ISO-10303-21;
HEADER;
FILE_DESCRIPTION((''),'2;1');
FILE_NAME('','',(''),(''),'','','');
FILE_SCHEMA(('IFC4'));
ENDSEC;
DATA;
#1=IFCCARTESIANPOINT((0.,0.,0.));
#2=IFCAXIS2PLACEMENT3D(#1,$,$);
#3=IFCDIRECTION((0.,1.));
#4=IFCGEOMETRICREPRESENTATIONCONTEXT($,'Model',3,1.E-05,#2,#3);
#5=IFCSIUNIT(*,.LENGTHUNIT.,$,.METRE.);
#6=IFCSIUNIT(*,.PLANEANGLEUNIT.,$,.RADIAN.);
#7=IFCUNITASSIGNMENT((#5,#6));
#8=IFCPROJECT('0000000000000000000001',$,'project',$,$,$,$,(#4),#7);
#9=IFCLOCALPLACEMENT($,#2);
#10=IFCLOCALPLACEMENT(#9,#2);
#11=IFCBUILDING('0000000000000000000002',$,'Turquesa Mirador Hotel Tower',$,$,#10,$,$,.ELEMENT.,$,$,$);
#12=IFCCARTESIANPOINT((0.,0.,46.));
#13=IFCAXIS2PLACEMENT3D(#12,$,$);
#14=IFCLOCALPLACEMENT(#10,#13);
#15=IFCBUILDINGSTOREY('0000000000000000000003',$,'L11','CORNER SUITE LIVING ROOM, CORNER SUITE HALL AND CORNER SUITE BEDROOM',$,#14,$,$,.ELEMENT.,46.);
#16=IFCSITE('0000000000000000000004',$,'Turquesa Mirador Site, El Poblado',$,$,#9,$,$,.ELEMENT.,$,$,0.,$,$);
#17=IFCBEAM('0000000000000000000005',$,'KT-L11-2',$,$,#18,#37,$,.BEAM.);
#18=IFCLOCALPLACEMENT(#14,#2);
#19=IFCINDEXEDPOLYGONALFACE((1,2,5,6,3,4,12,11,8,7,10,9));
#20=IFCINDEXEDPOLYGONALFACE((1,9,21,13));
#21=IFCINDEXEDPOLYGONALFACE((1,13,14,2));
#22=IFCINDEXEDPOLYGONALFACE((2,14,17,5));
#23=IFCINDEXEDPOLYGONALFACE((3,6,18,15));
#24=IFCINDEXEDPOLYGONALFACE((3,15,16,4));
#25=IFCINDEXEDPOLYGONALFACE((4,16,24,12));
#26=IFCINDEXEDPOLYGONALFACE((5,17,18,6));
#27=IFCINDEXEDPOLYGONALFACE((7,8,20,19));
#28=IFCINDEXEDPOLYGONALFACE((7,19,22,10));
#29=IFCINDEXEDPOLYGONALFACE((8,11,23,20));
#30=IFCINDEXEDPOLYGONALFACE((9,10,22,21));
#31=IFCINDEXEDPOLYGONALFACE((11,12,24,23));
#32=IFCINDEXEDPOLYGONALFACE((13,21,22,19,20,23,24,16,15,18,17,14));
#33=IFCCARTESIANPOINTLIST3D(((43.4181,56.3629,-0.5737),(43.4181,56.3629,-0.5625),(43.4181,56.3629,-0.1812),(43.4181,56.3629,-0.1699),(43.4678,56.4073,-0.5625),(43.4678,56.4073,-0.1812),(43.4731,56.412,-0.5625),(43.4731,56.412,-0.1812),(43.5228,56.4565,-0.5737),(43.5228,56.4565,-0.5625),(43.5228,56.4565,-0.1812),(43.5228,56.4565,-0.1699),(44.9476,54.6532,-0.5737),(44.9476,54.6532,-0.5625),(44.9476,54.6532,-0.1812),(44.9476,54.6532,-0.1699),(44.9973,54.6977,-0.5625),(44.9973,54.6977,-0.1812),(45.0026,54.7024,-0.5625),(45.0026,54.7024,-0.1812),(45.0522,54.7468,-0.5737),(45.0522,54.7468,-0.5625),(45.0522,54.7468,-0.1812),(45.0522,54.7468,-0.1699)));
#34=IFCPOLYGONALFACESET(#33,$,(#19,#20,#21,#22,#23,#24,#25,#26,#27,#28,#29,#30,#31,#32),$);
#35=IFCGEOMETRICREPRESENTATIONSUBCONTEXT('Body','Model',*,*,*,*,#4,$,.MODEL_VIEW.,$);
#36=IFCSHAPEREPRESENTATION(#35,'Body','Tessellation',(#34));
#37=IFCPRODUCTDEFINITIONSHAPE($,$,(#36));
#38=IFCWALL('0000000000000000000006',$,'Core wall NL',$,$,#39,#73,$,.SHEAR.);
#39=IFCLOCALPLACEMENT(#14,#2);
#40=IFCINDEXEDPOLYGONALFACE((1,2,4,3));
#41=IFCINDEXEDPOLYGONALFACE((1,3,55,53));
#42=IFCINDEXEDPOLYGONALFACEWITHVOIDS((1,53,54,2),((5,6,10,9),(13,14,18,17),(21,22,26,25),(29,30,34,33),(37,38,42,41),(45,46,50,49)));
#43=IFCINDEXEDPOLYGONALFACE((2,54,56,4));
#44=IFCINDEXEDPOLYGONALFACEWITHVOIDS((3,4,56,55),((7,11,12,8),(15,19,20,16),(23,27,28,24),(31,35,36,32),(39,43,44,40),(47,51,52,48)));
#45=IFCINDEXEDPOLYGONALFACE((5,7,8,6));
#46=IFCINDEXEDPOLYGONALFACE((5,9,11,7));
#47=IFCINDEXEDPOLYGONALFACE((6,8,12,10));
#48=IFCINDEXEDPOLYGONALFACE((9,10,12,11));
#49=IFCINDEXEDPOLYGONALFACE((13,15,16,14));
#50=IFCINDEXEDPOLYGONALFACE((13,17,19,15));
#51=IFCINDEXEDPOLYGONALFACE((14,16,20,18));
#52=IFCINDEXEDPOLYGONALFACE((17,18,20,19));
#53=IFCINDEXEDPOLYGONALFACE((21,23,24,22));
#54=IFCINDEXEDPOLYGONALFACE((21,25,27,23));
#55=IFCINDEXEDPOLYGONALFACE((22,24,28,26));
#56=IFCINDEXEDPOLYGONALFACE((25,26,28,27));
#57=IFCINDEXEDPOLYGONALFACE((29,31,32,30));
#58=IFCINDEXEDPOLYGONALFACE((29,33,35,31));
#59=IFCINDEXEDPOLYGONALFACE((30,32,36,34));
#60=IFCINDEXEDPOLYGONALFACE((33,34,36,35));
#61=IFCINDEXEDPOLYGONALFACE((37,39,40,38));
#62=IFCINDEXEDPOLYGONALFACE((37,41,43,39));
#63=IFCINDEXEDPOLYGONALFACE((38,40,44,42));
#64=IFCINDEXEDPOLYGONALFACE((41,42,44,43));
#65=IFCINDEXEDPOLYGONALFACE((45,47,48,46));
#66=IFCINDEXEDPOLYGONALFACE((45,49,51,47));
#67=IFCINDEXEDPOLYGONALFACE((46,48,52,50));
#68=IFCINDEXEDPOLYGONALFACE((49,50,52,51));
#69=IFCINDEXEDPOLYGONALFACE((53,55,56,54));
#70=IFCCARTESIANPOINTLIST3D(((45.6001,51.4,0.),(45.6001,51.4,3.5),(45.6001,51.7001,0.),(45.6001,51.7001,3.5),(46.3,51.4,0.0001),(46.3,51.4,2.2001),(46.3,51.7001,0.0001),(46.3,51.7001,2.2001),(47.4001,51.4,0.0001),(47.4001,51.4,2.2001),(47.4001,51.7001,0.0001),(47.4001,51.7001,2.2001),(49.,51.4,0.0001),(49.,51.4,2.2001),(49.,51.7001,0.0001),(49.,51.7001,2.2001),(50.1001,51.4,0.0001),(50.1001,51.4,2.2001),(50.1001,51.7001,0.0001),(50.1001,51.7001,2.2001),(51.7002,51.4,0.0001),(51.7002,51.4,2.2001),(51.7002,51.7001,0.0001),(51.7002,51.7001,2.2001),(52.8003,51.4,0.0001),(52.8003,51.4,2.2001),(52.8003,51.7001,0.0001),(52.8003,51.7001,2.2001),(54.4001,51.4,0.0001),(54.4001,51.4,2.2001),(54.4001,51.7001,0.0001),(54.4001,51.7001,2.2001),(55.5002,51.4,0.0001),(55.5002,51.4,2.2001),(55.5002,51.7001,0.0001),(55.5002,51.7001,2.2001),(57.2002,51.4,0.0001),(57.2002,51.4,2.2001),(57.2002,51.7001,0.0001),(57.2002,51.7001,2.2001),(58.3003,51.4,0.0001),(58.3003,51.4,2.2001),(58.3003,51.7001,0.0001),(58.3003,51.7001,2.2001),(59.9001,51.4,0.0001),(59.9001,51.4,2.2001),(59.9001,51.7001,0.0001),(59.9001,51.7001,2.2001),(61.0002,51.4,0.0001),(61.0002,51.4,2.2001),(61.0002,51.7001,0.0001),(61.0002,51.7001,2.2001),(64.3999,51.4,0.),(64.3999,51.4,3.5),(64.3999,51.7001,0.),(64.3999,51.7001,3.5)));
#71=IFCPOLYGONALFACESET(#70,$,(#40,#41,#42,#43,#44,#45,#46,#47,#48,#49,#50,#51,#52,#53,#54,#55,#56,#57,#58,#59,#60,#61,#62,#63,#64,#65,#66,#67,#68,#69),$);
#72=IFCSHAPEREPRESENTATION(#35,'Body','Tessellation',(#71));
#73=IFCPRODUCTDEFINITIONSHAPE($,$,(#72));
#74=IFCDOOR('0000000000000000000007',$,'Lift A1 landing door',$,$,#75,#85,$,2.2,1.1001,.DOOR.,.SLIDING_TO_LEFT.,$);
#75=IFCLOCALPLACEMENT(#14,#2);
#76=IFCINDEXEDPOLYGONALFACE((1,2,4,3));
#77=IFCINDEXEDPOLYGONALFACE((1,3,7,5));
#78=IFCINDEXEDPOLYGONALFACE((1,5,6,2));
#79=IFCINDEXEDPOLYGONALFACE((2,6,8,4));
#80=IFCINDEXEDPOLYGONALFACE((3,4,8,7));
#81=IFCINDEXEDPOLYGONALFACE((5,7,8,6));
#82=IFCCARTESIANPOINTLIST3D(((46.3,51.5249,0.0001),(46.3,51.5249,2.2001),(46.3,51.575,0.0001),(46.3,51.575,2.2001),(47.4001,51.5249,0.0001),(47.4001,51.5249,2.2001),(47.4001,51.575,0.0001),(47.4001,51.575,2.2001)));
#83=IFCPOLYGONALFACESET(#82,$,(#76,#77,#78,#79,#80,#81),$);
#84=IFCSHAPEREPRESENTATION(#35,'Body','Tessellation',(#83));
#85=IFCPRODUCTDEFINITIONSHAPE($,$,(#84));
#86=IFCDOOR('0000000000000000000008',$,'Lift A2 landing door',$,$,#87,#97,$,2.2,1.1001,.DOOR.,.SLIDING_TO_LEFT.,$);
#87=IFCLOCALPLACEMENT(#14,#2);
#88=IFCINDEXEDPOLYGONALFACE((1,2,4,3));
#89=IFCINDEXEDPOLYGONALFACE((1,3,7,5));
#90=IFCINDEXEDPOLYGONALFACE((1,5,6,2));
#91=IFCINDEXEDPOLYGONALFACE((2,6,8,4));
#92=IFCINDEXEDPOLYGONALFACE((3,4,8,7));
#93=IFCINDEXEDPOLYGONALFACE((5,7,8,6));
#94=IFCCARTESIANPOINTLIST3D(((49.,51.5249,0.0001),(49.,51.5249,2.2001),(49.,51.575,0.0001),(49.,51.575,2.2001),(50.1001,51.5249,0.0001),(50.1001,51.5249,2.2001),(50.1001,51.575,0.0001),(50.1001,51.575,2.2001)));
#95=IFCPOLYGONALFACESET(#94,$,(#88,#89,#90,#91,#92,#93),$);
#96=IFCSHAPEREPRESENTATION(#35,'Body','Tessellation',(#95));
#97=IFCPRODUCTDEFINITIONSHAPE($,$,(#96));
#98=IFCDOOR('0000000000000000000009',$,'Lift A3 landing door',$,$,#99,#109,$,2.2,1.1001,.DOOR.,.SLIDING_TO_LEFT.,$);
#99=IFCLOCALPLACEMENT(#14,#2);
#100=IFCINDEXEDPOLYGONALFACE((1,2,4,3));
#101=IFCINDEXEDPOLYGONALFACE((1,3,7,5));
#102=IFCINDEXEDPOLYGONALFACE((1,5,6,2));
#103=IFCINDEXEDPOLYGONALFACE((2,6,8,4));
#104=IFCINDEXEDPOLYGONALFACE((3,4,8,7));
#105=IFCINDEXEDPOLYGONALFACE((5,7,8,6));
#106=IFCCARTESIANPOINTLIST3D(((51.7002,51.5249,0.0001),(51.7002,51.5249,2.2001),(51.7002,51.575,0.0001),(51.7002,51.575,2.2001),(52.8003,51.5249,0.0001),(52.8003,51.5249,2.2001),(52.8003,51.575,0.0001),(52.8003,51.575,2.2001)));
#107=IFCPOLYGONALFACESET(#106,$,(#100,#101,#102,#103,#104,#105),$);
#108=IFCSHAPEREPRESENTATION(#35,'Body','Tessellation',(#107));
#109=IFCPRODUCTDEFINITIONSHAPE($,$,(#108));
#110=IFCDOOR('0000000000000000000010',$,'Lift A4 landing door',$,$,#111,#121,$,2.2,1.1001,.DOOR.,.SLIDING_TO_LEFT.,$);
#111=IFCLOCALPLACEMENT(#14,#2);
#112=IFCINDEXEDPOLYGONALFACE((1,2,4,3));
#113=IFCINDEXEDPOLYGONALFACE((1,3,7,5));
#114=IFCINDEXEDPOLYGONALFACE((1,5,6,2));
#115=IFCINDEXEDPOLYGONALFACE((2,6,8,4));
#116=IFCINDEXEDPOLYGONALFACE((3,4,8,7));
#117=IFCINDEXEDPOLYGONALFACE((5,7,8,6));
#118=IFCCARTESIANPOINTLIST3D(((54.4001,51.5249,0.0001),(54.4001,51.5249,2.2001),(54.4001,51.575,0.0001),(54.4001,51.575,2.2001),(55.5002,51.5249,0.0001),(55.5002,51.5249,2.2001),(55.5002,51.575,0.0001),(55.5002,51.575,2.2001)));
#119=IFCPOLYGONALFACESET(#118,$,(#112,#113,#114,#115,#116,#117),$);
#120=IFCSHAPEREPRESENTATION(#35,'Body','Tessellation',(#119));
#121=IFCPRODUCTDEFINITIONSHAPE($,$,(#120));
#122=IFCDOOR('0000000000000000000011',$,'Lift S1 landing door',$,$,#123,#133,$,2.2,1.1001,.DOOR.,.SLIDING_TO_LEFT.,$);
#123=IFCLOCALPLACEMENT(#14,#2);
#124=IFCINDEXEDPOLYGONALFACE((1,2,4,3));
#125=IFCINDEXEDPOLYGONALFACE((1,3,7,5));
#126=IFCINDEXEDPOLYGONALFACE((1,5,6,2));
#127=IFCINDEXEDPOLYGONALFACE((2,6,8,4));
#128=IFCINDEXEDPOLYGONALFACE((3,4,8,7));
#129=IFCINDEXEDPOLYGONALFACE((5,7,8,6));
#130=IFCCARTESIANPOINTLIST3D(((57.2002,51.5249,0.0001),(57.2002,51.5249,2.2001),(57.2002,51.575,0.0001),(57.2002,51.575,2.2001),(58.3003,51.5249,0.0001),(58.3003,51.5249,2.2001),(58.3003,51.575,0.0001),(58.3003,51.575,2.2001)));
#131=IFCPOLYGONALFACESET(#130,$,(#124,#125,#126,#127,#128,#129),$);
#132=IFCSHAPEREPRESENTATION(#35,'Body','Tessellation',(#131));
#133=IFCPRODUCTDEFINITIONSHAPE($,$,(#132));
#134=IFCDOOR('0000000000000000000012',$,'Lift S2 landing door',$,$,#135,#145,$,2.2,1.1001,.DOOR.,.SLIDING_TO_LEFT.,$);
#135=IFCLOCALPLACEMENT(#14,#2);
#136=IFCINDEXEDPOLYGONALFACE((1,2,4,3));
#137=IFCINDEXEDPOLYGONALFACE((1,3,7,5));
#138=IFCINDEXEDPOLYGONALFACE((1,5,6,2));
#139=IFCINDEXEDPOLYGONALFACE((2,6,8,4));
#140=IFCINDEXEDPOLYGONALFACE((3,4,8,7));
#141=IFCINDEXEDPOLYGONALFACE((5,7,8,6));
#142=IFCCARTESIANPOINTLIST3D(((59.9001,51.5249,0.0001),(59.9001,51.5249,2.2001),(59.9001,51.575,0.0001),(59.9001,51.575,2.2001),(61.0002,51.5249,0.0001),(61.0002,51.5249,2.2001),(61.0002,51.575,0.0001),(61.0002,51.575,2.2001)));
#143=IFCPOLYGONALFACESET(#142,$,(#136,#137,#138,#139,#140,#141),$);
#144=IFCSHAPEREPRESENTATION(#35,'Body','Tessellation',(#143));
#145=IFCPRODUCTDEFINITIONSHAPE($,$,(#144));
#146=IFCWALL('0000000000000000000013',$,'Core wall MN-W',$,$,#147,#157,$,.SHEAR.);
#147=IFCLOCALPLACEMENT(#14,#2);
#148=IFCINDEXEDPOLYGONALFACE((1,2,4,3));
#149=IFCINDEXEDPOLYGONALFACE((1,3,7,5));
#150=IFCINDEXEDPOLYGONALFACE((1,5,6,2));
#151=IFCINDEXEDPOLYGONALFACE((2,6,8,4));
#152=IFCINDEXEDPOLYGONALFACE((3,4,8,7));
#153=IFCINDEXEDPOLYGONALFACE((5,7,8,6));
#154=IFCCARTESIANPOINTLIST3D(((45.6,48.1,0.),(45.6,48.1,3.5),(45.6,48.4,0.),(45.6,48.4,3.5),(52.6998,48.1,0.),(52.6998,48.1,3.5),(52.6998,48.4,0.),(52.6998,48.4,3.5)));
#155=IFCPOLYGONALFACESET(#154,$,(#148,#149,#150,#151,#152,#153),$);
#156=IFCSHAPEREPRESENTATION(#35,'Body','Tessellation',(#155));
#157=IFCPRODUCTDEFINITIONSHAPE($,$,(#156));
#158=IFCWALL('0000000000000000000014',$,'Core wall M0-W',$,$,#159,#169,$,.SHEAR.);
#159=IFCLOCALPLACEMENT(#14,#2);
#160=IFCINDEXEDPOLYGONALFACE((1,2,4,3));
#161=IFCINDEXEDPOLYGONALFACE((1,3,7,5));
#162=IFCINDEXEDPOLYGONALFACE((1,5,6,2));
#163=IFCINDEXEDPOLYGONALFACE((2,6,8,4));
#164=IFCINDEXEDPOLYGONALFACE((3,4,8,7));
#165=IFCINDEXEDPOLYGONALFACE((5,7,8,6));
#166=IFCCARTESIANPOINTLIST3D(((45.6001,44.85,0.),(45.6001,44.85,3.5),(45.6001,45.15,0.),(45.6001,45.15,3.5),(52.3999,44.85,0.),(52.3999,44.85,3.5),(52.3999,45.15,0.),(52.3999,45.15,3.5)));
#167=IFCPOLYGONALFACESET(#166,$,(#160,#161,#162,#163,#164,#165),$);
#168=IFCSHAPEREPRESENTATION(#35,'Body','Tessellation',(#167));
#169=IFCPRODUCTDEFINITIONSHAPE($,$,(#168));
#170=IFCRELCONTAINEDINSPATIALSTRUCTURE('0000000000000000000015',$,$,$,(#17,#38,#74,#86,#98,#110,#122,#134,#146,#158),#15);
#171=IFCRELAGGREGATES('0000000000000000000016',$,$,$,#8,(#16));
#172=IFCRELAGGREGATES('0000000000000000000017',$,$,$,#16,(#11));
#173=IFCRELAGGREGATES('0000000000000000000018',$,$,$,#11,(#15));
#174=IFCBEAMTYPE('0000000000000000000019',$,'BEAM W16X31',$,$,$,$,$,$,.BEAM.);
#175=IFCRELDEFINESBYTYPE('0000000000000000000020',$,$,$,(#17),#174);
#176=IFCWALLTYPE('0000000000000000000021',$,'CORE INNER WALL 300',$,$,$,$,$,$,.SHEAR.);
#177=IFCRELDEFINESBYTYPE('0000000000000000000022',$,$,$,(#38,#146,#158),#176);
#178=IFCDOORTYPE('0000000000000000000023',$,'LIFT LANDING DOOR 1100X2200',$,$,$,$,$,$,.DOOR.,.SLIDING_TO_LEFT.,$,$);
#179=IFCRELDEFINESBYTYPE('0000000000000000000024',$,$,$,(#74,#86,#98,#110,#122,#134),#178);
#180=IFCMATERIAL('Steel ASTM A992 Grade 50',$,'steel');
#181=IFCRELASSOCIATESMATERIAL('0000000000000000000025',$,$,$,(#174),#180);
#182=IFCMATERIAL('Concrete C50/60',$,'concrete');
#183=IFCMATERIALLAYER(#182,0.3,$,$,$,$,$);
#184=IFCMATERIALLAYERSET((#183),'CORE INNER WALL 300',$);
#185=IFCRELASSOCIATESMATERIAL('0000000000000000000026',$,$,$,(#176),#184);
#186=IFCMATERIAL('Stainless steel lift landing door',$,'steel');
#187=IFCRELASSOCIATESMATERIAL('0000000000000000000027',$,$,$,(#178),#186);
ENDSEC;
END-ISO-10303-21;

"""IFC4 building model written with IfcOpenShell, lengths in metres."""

from ifc_helpers import new_model, si_unit, direction, frame, frame_2d, origin, origin_2d, place, context, subcontext, project, spatial, rectangle, i_section, extrude, material, layer, layer_set, material_profile, profile_set, type_object, element, fill, save


model = new_model("IFC4")

# Units and contexts
model_context = context("Model", 3, precision=1e-05, world=origin(), true_north=direction((0.0, 1.0)))
body_context = subcontext(model_context, "Body", "Model", "MODEL_VIEW")
ifc_project = project(units=[si_unit("LENGTHUNIT", "METRE"), si_unit("PLANEANGLEUNIT", "RADIAN")], contexts=[model_context])

# Site, building, storey
site_placement = place(None, origin())
site = spatial("IfcSite", under=ifc_project, at=site_placement, Name="Turquesa Mirador Site, El Poblado", CompositionType="ELEMENT", RefElevation=0.0)
building_placement = place(site_placement, origin())
building = spatial("IfcBuilding", under=site, at=building_placement, Name="Turquesa Mirador Hotel Tower", CompositionType="ELEMENT")
storey_placement = place(building_placement, frame((0.0, 0.0, 46.0)))
storey = spatial("IfcBuildingStorey", under=building, at=storey_placement, Name="L11", Description="CORNER SUITE LIVING ROOM, CORNER SUITE HALL AND CORNER SUITE BEDROOM", CompositionType="ELEMENT", Elevation=46.0)

# Beam
ifc_material_1 = material(Name="Steel ASTM A992 Grade 50", Category="steel")
ifc_material_profile = material_profile(ifc_material_1, i_section(OverallWidth=0.1404, OverallDepth=0.4038, WebThickness=0.0071, FlangeThickness=0.0112, at=origin_2d()), Name="W16X31")
ifc_profile_set = profile_set([ifc_material_profile], Name="Steel ASTM A992 Grade 50")
beam_type = type_object("IfcBeamType", Name="BEAM W16X31", PredefinedType="BEAM", material=ifc_profile_set)
beam_placement = place(storey_placement, frame((43.4705, 56.4097, -0.3718), z_axis=(0.666745, -0.745286, 0.0), x_axis=(0.745286, 0.666745, 0.0)))
element("IfcBeam", 1, at=beam_placement, inside=storey, type_object=beam_type, Name="KT-L11-2", PredefinedType="BEAM", context=body_context, shape_type="SweptSolid", body=[
    extrude(i_section(OverallWidth=0.1404, OverallDepth=0.4038, WebThickness=0.0071, FlangeThickness=0.0112, at=origin_2d()), origin(), (0.0, 0.0, 1.0), 2.2939),
])

# Wall, openings, doors
ifc_material_2 = material(Name="Concrete C50/60", Category="concrete")
ifc_layer_1 = layer(ifc_material_2, 0.3)
ifc_layer_set_1 = layer_set([ifc_layer_1], Name="CORE INNER WALL 300")
wall_type_1 = type_object("IfcWallType", Name="CORE INNER WALL 300", PredefinedType="SHEAR", material=ifc_layer_set_1)
wall_1_placement = place(storey_placement, frame((45.6001, 51.55, 0.0), z_axis=(0.0, 0.0, 1.0), x_axis=(1.0, 0.0, 0.0)))
wall_1 = element("IfcWall", 2, at=wall_1_placement, inside=storey, type_object=wall_type_1, Name="Core wall NL", PredefinedType="SHEAR", context=body_context, shape_type="SweptSolid", body=[
    extrude(rectangle(XDim=18.7998, YDim=0.3, at=frame_2d((9.3999, 0.0))), origin(), (0.0, 0.0, 1.0), 3.5),
])
opening_1_placement = place(wall_1_placement, frame((0.7, 0.0, 0.0)))
opening_1 = element("IfcOpeningElement", 3, at=opening_1_placement, cuts=wall_1, PredefinedType="OPENING", context=body_context, shape_type="SweptSolid", body=[
    extrude(rectangle(XDim=1.1001, YDim=2.2, at=frame_2d((0.55, 1.1001))), frame((0.0, 0.1599, 0.0), z_axis=(0.0, -1.0, 0.0), x_axis=(1.0, 0.0, 0.0)), (0.0, 0.0, 1.0), 0.3201),
])
opening_2_placement = place(wall_1_placement, frame((3.3999, 0.0, 0.0)))
opening_2 = element("IfcOpeningElement", 4, at=opening_2_placement, cuts=wall_1, PredefinedType="OPENING", context=body_context, shape_type="SweptSolid", body=[
    extrude(rectangle(XDim=1.1001, YDim=2.2, at=frame_2d((0.55, 1.1001))), frame((0.0, 0.1599, 0.0), z_axis=(0.0, -1.0, 0.0), x_axis=(1.0, 0.0, 0.0)), (0.0, 0.0, 1.0), 0.3201),
])
opening_3_placement = place(wall_1_placement, frame((6.1001, 0.0, 0.0)))
opening_3 = element("IfcOpeningElement", 5, at=opening_3_placement, cuts=wall_1, PredefinedType="OPENING", context=body_context, shape_type="SweptSolid", body=[
    extrude(rectangle(XDim=1.1001, YDim=2.2, at=frame_2d((0.55, 1.1001))), frame((0.0, 0.1599, 0.0), z_axis=(0.0, -1.0, 0.0), x_axis=(1.0, 0.0, 0.0)), (0.0, 0.0, 1.0), 0.3201),
])
opening_4_placement = place(wall_1_placement, frame((8.8, 0.0, 0.0)))
opening_4 = element("IfcOpeningElement", 6, at=opening_4_placement, cuts=wall_1, PredefinedType="OPENING", context=body_context, shape_type="SweptSolid", body=[
    extrude(rectangle(XDim=1.1001, YDim=2.2, at=frame_2d((0.55, 1.1001))), frame((0.0, 0.1599, 0.0), z_axis=(0.0, -1.0, 0.0), x_axis=(1.0, 0.0, 0.0)), (0.0, 0.0, 1.0), 0.3201),
])
opening_5_placement = place(wall_1_placement, frame((11.6001, 0.0, 0.0)))
opening_5 = element("IfcOpeningElement", 7, at=opening_5_placement, cuts=wall_1, PredefinedType="OPENING", context=body_context, shape_type="SweptSolid", body=[
    extrude(rectangle(XDim=1.1001, YDim=2.2, at=frame_2d((0.55, 1.1001))), frame((0.0, 0.1599, 0.0), z_axis=(0.0, -1.0, 0.0), x_axis=(1.0, 0.0, 0.0)), (0.0, 0.0, 1.0), 0.3201),
])
opening_6_placement = place(wall_1_placement, frame((14.3, 0.0, 0.0)))
opening_6 = element("IfcOpeningElement", 8, at=opening_6_placement, cuts=wall_1, PredefinedType="OPENING", context=body_context, shape_type="SweptSolid", body=[
    extrude(rectangle(XDim=1.1001, YDim=2.2, at=frame_2d((0.55, 1.1001))), frame((0.0, 0.1599, 0.0), z_axis=(0.0, -1.0, 0.0), x_axis=(1.0, 0.0, 0.0)), (0.0, 0.0, 1.0), 0.3201),
])
ifc_material_3 = material(Name="Stainless steel lift landing door", Category="steel")
door_type_1 = type_object("IfcDoorType", Name="LIFT LANDING DOOR 1100X2200", OperationType="SLIDING_TO_LEFT", PredefinedType="DOOR", material=ifc_material_3)
door_1_placement = place(opening_1_placement, origin())
door_1 = element("IfcDoor", 9, at=door_1_placement, inside=storey, type_object=door_type_1, Name="Lift A1 landing door", OperationType="SLIDING_TO_LEFT", OverallHeight=2.2, OverallWidth=1.1001, PredefinedType="DOOR", context=body_context, shape_type="SweptSolid", body=[
    extrude(rectangle(XDim=1.1001, YDim=2.2, at=frame_2d((0.55, 1.1001))), frame((0.0, 0.0249, 0.0), z_axis=(0.0, -1.0, 0.0), x_axis=(1.0, 0.0, 0.0)), (0.0, 0.0, 1.0), 0.05),
])
fill(opening_1, door_1)
door_2_placement = place(opening_2_placement, origin())
door_2 = element("IfcDoor", 10, at=door_2_placement, inside=storey, type_object=door_type_1, Name="Lift A2 landing door", OperationType="SLIDING_TO_LEFT", OverallHeight=2.2, OverallWidth=1.1001, PredefinedType="DOOR", context=body_context, shape_type="SweptSolid", body=[
    extrude(rectangle(XDim=1.1001, YDim=2.2, at=frame_2d((0.55, 1.1001))), frame((0.0, 0.0249, 0.0), z_axis=(0.0, -1.0, 0.0), x_axis=(1.0, 0.0, 0.0)), (0.0, 0.0, 1.0), 0.05),
])
fill(opening_2, door_2)
door_3_placement = place(opening_3_placement, origin())
door_3 = element("IfcDoor", 11, at=door_3_placement, inside=storey, type_object=door_type_1, Name="Lift A3 landing door", OperationType="SLIDING_TO_LEFT", OverallHeight=2.2, OverallWidth=1.1001, PredefinedType="DOOR", context=body_context, shape_type="SweptSolid", body=[
    extrude(rectangle(XDim=1.1001, YDim=2.2, at=frame_2d((0.55, 1.1001))), frame((0.0, 0.0249, 0.0), z_axis=(0.0, -1.0, 0.0), x_axis=(1.0, 0.0, 0.0)), (0.0, 0.0, 1.0), 0.05),
])
fill(opening_3, door_3)
door_4_placement = place(opening_4_placement, origin())
door_4 = element("IfcDoor", 12, at=door_4_placement, inside=storey, type_object=door_type_1, Name="Lift A4 landing door", OperationType="SLIDING_TO_LEFT", OverallHeight=2.2, OverallWidth=1.1001, PredefinedType="DOOR", context=body_context, shape_type="SweptSolid", body=[
    extrude(rectangle(XDim=1.1001, YDim=2.2, at=frame_2d((0.55, 1.1001))), frame((0.0, 0.0249, 0.0), z_axis=(0.0, -1.0, 0.0), x_axis=(1.0, 0.0, 0.0)), (0.0, 0.0, 1.0), 0.05),
])
fill(opening_4, door_4)
door_5_placement = place(opening_5_placement, origin())
door_5 = element("IfcDoor", 13, at=door_5_placement, inside=storey, type_object=door_type_1, Name="Lift S1 landing door", OperationType="SLIDING_TO_LEFT", OverallHeight=2.2, OverallWidth=1.1001, PredefinedType="DOOR", context=body_context, shape_type="SweptSolid", body=[
    extrude(rectangle(XDim=1.1001, YDim=2.2, at=frame_2d((0.55, 1.1001))), frame((0.0, 0.0249, 0.0), z_axis=(0.0, -1.0, 0.0), x_axis=(1.0, 0.0, 0.0)), (0.0, 0.0, 1.0), 0.05),
])
fill(opening_5, door_5)
door_6_placement = place(opening_6_placement, origin())
door_6 = element("IfcDoor", 14, at=door_6_placement, inside=storey, type_object=door_type_1, Name="Lift S2 landing door", OperationType="SLIDING_TO_LEFT", OverallHeight=2.2, OverallWidth=1.1001, PredefinedType="DOOR", context=body_context, shape_type="SweptSolid", body=[
    extrude(rectangle(XDim=1.1001, YDim=2.2, at=frame_2d((0.55, 1.1001))), frame((0.0, 0.0249, 0.0), z_axis=(0.0, -1.0, 0.0), x_axis=(1.0, 0.0, 0.0)), (0.0, 0.0, 1.0), 0.05),
])
fill(opening_6, door_6)

# Walls
wall_2_placement = place(storey_placement, frame((45.6001, 48.25, 0.0), z_axis=(0.0, 0.0, 1.0), x_axis=(1.0, 0.0, 0.0)))
element("IfcWall", 15, at=wall_2_placement, inside=storey, type_object=wall_type_1, Name="Core wall MN-W", PredefinedType="SHEAR", context=body_context, shape_type="SweptSolid", body=[
    extrude(rectangle(XDim=7.0999, YDim=0.3, at=frame_2d((3.5498, 0.0))), origin(), (0.0, 0.0, 1.0), 3.5),
])
wall_3_placement = place(storey_placement, frame((45.6001, 45.0, 0.0), z_axis=(0.0, 0.0, 1.0), x_axis=(1.0, 0.0, 0.0)))
element("IfcWall", 16, at=wall_3_placement, inside=storey, type_object=wall_type_1, Name="Core wall M0-W", PredefinedType="SHEAR", context=body_context, shape_type="SweptSolid", body=[
    extrude(rectangle(XDim=6.7998, YDim=0.3, at=frame_2d((3.3999, 0.0))), origin(), (0.0, 0.0, 1.0), 3.5),
])

save(model, "model.ifc")
